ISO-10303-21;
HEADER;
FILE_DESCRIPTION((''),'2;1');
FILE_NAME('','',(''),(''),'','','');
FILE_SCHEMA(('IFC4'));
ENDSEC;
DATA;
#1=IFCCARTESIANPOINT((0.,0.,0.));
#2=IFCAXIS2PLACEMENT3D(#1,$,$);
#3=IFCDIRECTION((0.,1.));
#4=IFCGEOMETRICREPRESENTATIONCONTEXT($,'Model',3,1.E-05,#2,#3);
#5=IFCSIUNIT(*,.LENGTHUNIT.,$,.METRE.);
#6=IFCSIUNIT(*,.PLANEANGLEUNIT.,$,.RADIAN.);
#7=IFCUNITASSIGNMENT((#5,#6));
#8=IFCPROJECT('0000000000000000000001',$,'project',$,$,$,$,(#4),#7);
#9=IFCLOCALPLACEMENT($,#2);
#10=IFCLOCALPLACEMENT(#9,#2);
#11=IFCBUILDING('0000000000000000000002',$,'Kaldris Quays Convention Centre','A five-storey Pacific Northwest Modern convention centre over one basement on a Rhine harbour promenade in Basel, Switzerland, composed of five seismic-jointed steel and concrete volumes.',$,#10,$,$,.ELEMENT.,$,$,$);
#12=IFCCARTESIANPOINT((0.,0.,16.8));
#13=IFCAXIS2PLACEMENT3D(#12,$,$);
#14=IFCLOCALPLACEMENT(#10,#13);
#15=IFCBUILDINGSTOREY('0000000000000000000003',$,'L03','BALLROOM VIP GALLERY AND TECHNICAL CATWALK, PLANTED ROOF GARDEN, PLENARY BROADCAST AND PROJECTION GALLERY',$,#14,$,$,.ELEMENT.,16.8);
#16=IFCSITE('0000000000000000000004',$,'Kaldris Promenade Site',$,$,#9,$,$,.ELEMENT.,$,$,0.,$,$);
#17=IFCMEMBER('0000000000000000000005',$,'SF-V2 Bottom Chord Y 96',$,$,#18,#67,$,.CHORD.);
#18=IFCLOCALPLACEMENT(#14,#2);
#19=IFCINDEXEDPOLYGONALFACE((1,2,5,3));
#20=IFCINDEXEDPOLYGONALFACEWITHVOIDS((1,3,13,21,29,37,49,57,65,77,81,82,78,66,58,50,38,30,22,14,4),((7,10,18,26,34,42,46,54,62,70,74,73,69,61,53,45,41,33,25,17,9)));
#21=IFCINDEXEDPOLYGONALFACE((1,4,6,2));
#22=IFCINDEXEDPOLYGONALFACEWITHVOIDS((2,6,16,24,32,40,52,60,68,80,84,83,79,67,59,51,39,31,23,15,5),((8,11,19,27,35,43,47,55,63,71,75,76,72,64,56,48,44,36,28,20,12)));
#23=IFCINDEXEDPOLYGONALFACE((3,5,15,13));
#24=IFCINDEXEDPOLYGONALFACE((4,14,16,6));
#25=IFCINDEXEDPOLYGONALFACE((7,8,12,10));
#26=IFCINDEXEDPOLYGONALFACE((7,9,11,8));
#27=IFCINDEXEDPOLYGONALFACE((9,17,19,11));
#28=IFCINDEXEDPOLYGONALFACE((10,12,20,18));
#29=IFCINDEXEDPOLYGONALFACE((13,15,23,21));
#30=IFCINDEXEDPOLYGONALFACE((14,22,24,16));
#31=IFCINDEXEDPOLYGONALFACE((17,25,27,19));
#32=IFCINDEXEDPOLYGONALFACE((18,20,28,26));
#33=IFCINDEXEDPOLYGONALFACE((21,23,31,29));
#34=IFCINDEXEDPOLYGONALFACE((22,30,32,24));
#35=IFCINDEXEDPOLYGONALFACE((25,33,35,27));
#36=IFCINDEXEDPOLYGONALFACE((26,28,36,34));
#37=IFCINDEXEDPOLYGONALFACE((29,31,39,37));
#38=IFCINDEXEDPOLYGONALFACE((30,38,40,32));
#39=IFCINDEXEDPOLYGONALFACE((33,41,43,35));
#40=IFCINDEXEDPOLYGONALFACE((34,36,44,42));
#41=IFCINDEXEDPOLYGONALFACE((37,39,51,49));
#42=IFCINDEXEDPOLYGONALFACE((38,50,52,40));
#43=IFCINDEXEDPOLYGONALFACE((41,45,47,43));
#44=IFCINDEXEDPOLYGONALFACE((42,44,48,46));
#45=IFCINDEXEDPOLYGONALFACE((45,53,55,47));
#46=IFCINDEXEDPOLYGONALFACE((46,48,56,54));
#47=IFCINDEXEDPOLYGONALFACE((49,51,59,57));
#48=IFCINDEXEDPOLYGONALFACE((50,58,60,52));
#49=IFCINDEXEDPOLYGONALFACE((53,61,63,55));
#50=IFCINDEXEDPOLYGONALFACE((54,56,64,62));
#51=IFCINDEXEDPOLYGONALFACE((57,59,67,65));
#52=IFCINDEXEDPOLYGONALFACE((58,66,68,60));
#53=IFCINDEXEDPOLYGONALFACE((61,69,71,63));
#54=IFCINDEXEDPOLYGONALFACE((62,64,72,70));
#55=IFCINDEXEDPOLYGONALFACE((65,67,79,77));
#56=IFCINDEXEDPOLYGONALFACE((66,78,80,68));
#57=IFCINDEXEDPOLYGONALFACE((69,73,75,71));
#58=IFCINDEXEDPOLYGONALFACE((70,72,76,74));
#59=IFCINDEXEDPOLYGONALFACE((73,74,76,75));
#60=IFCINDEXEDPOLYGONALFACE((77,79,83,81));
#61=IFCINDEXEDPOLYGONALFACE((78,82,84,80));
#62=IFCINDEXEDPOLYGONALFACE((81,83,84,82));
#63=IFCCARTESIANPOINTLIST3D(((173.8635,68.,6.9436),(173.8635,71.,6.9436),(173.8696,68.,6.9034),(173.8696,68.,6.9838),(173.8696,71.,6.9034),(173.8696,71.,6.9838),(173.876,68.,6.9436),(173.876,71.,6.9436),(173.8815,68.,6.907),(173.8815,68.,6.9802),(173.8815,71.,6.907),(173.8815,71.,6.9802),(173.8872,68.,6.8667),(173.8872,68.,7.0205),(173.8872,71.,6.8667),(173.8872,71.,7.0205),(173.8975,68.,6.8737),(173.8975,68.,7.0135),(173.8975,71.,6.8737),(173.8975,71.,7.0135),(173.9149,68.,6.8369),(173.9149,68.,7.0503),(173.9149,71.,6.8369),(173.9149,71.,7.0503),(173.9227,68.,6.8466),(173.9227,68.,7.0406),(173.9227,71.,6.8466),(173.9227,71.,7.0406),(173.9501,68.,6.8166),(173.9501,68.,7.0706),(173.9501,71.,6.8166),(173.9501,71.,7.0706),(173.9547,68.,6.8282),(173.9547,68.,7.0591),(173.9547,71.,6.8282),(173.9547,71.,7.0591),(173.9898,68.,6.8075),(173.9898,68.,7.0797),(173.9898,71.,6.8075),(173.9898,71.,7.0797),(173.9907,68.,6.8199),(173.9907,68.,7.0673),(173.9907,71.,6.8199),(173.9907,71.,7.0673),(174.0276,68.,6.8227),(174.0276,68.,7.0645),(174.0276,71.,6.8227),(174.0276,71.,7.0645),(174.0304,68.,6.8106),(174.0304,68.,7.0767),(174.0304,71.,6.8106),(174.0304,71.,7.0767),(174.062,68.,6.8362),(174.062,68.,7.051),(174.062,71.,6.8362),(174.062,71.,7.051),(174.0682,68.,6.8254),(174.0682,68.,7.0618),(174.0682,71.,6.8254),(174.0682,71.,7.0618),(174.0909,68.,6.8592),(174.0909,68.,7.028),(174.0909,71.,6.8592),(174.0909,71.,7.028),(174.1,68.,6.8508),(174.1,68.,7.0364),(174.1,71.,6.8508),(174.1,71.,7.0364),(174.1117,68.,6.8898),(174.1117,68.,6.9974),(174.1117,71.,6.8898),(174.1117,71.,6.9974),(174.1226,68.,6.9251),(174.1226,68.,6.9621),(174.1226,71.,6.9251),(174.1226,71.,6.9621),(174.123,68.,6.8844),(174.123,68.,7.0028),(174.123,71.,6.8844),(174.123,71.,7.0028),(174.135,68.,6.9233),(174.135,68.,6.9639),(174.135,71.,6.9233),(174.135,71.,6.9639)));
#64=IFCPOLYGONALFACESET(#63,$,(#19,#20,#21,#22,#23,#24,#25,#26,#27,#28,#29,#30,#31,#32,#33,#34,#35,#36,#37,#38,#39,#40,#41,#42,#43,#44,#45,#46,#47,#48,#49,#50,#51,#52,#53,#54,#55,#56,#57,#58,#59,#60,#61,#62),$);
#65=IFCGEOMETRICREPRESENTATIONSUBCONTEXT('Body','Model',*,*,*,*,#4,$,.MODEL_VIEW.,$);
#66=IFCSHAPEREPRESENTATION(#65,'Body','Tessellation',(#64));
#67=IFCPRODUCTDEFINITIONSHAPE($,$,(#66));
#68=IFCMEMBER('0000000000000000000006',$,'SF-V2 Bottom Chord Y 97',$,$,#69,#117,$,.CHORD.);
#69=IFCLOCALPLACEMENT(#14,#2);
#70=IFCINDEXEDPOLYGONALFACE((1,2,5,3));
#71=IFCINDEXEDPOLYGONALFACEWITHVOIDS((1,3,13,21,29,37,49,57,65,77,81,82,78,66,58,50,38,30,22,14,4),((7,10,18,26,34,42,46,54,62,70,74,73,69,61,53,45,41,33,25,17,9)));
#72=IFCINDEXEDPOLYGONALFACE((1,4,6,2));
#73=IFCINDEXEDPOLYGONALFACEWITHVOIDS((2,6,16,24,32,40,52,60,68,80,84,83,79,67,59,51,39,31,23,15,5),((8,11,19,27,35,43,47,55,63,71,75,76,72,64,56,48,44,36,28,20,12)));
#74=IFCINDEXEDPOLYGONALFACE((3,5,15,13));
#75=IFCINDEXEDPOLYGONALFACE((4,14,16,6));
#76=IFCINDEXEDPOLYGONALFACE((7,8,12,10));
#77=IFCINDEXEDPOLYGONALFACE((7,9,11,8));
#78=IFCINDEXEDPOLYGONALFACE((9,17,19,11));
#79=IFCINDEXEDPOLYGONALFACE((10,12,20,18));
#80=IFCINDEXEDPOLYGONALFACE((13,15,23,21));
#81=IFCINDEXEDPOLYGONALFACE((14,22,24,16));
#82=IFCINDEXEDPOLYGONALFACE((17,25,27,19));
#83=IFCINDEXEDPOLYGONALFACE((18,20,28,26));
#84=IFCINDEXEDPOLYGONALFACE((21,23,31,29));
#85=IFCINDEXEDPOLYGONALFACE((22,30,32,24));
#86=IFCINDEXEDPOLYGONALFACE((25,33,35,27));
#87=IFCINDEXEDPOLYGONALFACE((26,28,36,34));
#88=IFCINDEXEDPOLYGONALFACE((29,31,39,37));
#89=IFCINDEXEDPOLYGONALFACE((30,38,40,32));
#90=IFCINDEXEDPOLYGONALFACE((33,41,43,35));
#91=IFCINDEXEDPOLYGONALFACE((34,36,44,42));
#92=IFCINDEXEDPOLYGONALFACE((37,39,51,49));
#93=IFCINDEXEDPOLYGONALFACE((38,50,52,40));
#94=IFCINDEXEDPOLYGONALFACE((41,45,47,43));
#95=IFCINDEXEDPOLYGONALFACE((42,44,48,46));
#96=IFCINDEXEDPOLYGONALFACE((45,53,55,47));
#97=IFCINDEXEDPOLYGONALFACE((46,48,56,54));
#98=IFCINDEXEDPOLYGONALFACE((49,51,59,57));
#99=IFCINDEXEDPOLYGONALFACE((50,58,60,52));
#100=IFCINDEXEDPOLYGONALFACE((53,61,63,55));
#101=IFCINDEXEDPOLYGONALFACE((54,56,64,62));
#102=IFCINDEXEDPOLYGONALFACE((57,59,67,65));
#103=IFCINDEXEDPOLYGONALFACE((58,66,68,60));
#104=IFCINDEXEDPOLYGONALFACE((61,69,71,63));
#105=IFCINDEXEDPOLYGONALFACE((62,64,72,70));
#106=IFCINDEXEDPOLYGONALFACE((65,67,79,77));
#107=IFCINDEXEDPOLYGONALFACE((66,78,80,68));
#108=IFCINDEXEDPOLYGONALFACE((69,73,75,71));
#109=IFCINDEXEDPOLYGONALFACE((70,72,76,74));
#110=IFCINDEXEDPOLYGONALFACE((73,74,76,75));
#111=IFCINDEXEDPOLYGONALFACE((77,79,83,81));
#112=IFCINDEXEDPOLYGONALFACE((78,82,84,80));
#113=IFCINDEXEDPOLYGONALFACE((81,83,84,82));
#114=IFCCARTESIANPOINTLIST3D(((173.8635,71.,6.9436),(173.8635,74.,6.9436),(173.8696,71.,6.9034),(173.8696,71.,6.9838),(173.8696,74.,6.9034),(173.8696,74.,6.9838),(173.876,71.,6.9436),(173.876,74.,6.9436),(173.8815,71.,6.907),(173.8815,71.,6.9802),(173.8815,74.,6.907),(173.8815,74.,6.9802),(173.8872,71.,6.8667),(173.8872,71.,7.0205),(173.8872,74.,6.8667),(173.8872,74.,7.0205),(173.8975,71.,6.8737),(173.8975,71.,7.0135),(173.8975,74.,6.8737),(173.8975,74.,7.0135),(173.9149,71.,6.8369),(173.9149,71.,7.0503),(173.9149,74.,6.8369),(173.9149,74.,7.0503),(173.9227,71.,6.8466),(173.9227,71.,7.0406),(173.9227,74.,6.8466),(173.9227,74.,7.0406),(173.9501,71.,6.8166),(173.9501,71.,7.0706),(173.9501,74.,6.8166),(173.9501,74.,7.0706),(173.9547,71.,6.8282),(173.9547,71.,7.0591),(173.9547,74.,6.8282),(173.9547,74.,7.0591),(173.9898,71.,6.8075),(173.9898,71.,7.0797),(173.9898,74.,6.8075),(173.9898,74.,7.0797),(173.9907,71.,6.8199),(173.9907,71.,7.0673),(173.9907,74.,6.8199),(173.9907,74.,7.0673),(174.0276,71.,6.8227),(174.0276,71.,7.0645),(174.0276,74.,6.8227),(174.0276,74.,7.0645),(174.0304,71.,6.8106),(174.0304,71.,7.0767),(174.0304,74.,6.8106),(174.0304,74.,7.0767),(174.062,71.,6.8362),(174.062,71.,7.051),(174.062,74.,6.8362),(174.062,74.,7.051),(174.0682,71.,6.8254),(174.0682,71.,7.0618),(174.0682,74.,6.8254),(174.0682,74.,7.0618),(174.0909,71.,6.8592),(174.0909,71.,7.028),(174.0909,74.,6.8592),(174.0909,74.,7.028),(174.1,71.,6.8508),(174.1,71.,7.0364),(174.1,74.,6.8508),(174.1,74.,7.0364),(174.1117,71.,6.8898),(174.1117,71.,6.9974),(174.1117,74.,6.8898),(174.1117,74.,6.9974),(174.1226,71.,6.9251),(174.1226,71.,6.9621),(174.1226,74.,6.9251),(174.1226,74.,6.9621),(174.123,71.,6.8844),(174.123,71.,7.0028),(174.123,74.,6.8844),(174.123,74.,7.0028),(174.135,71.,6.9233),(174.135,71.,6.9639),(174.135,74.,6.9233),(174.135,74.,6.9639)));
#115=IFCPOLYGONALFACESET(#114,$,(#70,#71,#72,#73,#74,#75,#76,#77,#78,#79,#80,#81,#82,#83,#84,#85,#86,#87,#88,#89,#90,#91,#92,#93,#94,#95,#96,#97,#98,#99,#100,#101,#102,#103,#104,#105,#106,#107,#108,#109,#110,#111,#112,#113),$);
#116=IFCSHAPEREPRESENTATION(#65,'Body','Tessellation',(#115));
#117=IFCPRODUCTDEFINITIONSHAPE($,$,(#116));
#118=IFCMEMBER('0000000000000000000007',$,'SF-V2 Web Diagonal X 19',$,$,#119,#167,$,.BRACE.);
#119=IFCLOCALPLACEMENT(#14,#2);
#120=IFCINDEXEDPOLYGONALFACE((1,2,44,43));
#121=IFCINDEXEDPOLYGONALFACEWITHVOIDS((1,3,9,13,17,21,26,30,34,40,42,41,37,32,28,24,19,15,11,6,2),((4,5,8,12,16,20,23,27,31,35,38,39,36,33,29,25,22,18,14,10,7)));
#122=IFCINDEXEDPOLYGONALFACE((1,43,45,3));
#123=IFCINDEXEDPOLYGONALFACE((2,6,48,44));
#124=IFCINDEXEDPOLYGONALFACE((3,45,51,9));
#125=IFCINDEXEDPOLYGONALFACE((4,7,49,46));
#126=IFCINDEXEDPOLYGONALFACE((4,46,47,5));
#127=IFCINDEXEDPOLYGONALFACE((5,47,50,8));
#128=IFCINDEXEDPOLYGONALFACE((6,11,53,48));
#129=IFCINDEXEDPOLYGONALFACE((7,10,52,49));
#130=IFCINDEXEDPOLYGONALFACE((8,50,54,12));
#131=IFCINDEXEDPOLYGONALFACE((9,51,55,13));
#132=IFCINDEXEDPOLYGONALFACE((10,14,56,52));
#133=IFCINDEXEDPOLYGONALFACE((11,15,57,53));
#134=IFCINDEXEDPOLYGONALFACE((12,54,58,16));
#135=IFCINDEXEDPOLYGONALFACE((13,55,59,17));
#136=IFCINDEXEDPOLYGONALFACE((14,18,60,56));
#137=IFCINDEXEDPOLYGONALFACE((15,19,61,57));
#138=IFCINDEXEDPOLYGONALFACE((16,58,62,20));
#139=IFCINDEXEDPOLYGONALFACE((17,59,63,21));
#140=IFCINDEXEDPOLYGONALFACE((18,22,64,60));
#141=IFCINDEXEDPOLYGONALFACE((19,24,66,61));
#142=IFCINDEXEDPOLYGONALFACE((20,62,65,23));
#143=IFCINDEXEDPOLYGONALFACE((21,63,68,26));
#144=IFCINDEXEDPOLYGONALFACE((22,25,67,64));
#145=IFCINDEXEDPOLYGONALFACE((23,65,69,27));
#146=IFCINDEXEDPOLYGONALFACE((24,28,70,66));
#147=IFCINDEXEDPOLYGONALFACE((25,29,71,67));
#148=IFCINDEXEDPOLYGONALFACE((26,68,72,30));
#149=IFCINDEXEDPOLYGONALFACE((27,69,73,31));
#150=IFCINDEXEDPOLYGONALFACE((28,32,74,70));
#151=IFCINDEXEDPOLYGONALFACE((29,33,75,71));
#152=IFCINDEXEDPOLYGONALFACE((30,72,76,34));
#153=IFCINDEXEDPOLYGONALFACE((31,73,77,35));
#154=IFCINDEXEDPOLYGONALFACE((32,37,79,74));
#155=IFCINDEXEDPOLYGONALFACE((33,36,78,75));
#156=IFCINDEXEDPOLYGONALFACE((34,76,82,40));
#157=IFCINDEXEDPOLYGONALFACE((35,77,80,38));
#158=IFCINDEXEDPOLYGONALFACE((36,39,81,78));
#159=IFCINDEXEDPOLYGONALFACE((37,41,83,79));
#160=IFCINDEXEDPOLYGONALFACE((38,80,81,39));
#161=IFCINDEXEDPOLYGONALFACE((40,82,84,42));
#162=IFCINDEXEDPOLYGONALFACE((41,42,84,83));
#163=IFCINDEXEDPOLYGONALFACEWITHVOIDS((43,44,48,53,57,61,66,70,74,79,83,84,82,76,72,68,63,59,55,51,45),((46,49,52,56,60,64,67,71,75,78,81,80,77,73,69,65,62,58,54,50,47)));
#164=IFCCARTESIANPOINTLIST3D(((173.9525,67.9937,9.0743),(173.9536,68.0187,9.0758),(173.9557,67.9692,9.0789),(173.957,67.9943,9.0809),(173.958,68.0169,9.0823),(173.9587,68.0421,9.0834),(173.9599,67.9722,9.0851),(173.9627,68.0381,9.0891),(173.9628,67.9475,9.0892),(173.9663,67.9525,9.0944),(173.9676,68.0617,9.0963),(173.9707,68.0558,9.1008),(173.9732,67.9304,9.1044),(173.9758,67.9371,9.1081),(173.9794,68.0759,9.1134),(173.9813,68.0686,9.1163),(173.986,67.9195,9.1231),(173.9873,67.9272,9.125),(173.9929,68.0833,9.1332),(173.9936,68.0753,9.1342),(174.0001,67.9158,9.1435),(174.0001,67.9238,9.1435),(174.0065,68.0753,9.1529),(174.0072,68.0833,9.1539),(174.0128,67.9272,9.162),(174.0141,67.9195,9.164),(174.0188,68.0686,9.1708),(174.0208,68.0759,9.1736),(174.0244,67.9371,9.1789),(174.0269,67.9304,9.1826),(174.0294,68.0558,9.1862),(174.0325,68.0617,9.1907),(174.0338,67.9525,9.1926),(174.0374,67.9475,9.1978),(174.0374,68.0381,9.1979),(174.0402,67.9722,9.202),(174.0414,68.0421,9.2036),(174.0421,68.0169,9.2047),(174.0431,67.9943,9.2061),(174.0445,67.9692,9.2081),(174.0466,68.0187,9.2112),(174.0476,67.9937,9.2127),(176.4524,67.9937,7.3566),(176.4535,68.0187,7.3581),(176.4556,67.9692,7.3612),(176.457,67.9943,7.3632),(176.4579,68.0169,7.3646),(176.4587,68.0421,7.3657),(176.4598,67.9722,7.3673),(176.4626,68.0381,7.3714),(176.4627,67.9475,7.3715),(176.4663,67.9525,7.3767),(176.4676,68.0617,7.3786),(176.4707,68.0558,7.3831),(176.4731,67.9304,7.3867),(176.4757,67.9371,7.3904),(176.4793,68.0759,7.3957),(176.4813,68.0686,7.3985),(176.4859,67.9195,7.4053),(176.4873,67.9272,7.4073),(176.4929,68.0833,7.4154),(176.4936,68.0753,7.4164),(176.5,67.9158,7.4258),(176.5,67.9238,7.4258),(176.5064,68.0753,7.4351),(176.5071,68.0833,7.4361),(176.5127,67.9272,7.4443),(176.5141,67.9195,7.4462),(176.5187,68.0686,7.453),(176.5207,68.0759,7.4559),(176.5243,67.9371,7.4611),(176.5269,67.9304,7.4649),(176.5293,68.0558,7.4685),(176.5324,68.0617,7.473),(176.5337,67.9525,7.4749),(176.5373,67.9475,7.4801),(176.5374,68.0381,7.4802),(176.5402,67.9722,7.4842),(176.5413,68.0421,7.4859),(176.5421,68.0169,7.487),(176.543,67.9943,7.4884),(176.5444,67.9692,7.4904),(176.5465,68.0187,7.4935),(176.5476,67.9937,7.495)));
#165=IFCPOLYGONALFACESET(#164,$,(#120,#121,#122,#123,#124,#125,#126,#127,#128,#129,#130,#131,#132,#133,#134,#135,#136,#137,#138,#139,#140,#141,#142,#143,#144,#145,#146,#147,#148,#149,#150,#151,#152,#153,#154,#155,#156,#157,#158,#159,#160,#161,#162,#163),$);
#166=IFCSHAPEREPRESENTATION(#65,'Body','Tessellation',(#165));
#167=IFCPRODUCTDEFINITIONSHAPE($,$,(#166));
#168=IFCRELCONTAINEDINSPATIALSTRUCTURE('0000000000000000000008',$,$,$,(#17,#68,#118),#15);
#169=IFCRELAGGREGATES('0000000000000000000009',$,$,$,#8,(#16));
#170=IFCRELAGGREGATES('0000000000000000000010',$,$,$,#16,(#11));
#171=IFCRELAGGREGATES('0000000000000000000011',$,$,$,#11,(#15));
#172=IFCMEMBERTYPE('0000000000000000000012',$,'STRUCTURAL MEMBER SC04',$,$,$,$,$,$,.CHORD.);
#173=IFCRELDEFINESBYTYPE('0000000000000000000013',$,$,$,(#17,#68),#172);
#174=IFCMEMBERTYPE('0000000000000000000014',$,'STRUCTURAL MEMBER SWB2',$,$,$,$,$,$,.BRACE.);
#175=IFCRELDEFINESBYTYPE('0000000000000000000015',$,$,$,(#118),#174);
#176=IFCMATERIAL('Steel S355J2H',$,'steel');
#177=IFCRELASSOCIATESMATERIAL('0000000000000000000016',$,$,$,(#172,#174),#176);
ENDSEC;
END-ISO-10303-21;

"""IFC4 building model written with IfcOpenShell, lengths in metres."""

from ifc_helpers import new_model, si_unit, direction, frame, origin, origin_2d, place, context, subcontext, project, spatial, hollow_circle, extrude, material, material_profile, profile_set, type_object, element, save


model = new_model("IFC4")

# Units and contexts
model_context = context("Model", 3, precision=1e-05, world=origin(), true_north=direction((0.0, 1.0)))
body_context = subcontext(model_context, "Body", "Model", "MODEL_VIEW")
ifc_project = project(units=[si_unit("LENGTHUNIT", "METRE"), si_unit("PLANEANGLEUNIT", "RADIAN")], contexts=[model_context])

# Site, building, storey
site_placement = place(None, origin())
site = spatial("IfcSite", under=ifc_project, at=site_placement, Name="Kaldris Promenade Site", CompositionType="ELEMENT", RefElevation=0.0)
building_placement = place(site_placement, origin())
building = spatial("IfcBuilding", under=site, at=building_placement, Name="Kaldris Quays Convention Centre", Description="A five-storey Pacific Northwest Modern convention centre over one basement on a Rhine harbour promenade in Basel, Switzerland, composed of five seismic-jointed steel and concrete volumes.", CompositionType="ELEMENT")
storey_placement = place(building_placement, frame((0.0, 0.0, 16.8)))
storey = spatial("IfcBuildingStorey", under=building, at=storey_placement, Name="L03", Description="BALLROOM VIP GALLERY AND TECHNICAL CATWALK, PLANTED ROOF GARDEN, PLENARY BROADCAST AND PROJECTION GALLERY", CompositionType="ELEMENT", Elevation=16.8)

# Members
ifc_material_1 = material(Name="Steel S355J2H", Category="steel")
ifc_material_profile_1 = material_profile(ifc_material_1, hollow_circle(Radius=0.1365, WallThickness=0.0125, at=origin_2d()), Name="CHS 273x12.5")
ifc_profile_set_1 = profile_set([ifc_material_profile_1], Name="Steel S355J2H")
member_type_1 = type_object("IfcMemberType", Name="STRUCTURAL MEMBER SC04", PredefinedType="CHORD", material=ifc_profile_set_1)
for number, where, z_axis, x_axis, name in (
    (1, (174.0, 68.0, 6.9436), (0.0, 1.0, 0.0), (-1.0, 0.0, 0.0), "SF-V2 Bottom Chord Y 96"),
    (2, (174.0, 71.0, 6.9436), (0.0, 1.0, 0.0), (-1.0, 0.0, 0.0), "SF-V2 Bottom Chord Y 97"),
):
    element("IfcMember", number, at=place(storey_placement, frame(where, z_axis=z_axis, x_axis=x_axis)), inside=storey, type_object=member_type_1, Name=name, PredefinedType="CHORD", context=body_context, shape_type="SweptSolid", body=[
        extrude(hollow_circle(Radius=0.1365, WallThickness=0.0125, at=origin_2d()), origin(), (0.0, 0.0, 1.0), 3.0),
    ])
ifc_material_profile_2 = material_profile(ifc_material_1, hollow_circle(Radius=0.0842, WallThickness=0.0081, at=origin_2d()), Name="CHS 168.3x8")
ifc_profile_set_2 = profile_set([ifc_material_profile_2], Name="Steel S355J2H")
member_type_2 = type_object("IfcMemberType", Name="STRUCTURAL MEMBER SWB2", PredefinedType="BRACE", material=ifc_profile_set_2)
member_1_placement = place(storey_placement, frame((176.5, 68.0, 7.4258), z_axis=(-0.824192, 0.0, 0.56631), x_axis=(0.0, -1.0, 0.0)))
element("IfcMember", 3, at=member_1_placement, inside=storey, type_object=member_type_2, Name="SF-V2 Web Diagonal X 19", PredefinedType="BRACE", context=body_context, shape_type="SweptSolid", body=[
    extrude(hollow_circle(Radius=0.0842, WallThickness=0.0081, at=origin_2d()), origin(), (0.0, 0.0, 1.0), 3.0332),
])

save(model, "model.ifc")
